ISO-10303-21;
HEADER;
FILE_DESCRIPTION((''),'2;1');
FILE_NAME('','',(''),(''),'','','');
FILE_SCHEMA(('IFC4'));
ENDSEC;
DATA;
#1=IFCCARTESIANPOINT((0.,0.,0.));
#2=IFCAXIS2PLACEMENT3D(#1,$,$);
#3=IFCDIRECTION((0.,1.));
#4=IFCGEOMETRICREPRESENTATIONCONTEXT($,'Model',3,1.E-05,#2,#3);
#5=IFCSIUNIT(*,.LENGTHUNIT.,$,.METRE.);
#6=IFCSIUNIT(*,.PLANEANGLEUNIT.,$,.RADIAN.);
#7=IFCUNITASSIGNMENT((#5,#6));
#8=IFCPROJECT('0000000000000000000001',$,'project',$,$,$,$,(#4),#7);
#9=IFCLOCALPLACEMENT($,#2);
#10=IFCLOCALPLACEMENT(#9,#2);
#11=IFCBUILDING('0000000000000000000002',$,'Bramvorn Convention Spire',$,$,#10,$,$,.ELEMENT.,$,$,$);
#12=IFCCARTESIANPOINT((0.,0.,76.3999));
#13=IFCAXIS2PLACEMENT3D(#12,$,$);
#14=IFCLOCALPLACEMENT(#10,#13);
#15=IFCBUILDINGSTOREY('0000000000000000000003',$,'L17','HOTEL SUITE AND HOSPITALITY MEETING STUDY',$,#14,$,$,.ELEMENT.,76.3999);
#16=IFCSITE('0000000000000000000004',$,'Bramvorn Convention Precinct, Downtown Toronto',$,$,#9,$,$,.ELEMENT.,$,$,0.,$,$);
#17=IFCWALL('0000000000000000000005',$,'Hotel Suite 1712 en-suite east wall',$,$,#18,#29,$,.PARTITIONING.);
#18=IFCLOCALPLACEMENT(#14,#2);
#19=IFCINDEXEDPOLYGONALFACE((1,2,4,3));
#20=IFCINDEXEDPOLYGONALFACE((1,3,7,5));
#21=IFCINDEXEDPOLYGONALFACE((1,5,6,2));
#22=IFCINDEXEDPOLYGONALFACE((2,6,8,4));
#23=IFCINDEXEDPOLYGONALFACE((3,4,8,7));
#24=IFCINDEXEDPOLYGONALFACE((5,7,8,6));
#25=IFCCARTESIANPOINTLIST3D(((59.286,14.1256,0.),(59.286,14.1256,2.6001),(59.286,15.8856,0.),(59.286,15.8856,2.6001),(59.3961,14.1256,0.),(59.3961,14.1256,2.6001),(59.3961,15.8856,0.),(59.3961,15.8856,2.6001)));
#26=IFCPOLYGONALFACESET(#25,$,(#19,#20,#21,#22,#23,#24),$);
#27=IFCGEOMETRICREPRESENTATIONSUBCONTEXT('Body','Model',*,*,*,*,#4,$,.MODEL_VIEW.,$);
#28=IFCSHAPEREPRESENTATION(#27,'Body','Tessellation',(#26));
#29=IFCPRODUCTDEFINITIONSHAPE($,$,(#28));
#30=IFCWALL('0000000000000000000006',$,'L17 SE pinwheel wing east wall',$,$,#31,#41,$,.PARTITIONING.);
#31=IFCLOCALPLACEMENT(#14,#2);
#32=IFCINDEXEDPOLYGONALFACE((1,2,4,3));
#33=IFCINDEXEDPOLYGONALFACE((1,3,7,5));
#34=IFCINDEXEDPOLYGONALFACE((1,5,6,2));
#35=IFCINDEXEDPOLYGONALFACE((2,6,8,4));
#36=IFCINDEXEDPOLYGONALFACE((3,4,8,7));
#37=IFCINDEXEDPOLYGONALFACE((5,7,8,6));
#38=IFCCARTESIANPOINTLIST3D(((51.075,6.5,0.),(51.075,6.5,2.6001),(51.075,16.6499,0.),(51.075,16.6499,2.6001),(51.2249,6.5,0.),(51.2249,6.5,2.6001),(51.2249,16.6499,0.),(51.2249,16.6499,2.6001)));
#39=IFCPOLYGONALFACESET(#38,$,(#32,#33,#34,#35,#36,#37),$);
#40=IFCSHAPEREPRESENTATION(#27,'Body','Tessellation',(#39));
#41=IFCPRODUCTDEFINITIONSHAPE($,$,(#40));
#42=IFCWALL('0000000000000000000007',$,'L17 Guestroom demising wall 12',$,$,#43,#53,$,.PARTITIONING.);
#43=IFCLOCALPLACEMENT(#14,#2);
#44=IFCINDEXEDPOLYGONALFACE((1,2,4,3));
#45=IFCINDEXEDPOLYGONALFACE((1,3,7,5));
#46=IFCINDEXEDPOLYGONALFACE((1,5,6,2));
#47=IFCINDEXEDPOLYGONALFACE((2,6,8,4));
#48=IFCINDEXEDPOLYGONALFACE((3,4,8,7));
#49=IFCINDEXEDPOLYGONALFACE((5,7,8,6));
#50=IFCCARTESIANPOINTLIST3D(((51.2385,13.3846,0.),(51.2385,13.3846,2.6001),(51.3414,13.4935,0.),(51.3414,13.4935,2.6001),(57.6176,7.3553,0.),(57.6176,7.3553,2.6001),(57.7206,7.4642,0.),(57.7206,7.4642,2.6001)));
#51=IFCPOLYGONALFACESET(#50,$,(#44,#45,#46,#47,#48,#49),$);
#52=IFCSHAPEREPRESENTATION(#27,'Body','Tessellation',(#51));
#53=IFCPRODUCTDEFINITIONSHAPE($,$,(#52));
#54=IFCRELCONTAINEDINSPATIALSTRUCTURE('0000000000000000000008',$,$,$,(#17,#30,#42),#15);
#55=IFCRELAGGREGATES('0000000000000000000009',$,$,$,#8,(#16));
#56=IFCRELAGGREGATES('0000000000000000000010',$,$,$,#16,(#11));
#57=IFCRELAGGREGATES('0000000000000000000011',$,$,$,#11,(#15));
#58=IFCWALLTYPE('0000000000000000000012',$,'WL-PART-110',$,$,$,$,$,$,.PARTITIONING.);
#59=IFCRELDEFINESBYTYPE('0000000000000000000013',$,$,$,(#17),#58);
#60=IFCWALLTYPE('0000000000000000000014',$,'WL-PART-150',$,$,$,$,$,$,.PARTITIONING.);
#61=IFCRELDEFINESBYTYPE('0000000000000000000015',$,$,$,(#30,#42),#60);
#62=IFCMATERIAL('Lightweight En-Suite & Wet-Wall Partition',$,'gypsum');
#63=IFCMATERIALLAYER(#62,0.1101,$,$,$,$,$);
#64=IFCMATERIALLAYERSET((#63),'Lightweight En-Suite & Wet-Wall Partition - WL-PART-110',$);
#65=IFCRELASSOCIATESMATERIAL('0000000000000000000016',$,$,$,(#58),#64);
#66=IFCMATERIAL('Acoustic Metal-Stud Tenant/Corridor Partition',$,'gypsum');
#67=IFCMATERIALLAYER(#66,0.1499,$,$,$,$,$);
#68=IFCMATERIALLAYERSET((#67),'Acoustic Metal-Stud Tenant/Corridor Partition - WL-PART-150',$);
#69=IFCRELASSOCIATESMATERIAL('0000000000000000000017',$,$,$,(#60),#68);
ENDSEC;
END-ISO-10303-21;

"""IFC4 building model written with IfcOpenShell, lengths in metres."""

from ifc_helpers import new_model, si_unit, direction, frame, frame_2d, origin, place, context, subcontext, project, spatial, rectangle, extrude, material, layer, layer_set, type_object, element, save


model = new_model("IFC4")

# Units and contexts
model_context = context("Model", 3, precision=1e-05, world=origin(), true_north=direction((0.0, 1.0)))
body_context = subcontext(model_context, "Body", "Model", "MODEL_VIEW")
ifc_project = project(units=[si_unit("LENGTHUNIT", "METRE"), si_unit("PLANEANGLEUNIT", "RADIAN")], contexts=[model_context])

# Site, building, storey
site_placement = place(None, origin())
site = spatial("IfcSite", under=ifc_project, at=site_placement, Name="Bramvorn Convention Precinct, Downtown Toronto", CompositionType="ELEMENT", RefElevation=0.0)
building_placement = place(site_placement, origin())
building = spatial("IfcBuilding", under=site, at=building_placement, Name="Bramvorn Convention Spire", CompositionType="ELEMENT")
storey_placement = place(building_placement, frame((0.0, 0.0, 76.3999)))
storey = spatial("IfcBuildingStorey", under=building, at=storey_placement, Name="L17", Description="HOTEL SUITE AND HOSPITALITY MEETING STUDY", CompositionType="ELEMENT", Elevation=76.3999)

# Shared definitions
ifc_material_1 = material(Name="Lightweight En-Suite & Wet-Wall Partition", Category="gypsum")
ifc_layer_1 = layer(ifc_material_1, 0.1101)
ifc_layer_set_1 = layer_set([ifc_layer_1], Name="Lightweight En-Suite & Wet-Wall Partition - WL-PART-110")
wall_type_1 = type_object("IfcWallType", Name="WL-PART-110", PredefinedType="PARTITIONING", material=ifc_layer_set_1)

# Wall
for number, where, z_axis, x_axis, name in (
    (1, (59.3411, 14.1257, 0.0), (0.0, 0.0, 1.0), (0.0, 1.0, 0.0), "Hotel Suite 1712 en-suite east wall"),
):
    element("IfcWall", number, at=place(storey_placement, frame(where, z_axis=z_axis, x_axis=x_axis)), inside=storey, type_object=wall_type_1, Name=name, PredefinedType="PARTITIONING", context=body_context, shape_type="SweptSolid", body=[
        extrude(rectangle(XDim=1.76, YDim=0.1101, at=frame_2d((0.8799, 0.0))), origin(), (0.0, 0.0, 1.0), 2.6001),
    ])

# Shared definitions
ifc_material_2 = material(Name="Acoustic Metal-Stud Tenant/Corridor Partition", Category="gypsum")
ifc_layer_2 = layer(ifc_material_2, 0.1499)
ifc_layer_set_2 = layer_set([ifc_layer_2], Name="Acoustic Metal-Stud Tenant/Corridor Partition - WL-PART-150")
wall_type_2 = type_object("IfcWallType", Name="WL-PART-150", PredefinedType="PARTITIONING", material=ifc_layer_set_2)

# Walls
wall_1_placement = place(storey_placement, frame((51.1499, 6.5, 0.0), z_axis=(0.0, 0.0, 1.0), x_axis=(0.0, 1.0, 0.0)))
element("IfcWall", 2, at=wall_1_placement, inside=storey, type_object=wall_type_2, Name="L17 SE pinwheel wing east wall", PredefinedType="PARTITIONING", context=body_context, shape_type="SweptSolid", body=[
    extrude(rectangle(XDim=10.1499, YDim=0.1499, at=frame_2d((5.075, 0.0))), origin(), (0.0, 0.0, 1.0), 2.6001),
])
wall_2_placement = place(storey_placement, frame((51.29, 13.439, 0.0), z_axis=(0.0, 0.0, 1.0), x_axis=(0.726755, -0.686897, 0.0)))
element("IfcWall", 3, at=wall_2_placement, inside=storey, type_object=wall_type_2, Name="L17 Guestroom demising wall 12", PredefinedType="PARTITIONING", context=body_context, shape_type="SweptSolid", body=[
    extrude(rectangle(XDim=8.7776, YDim=0.1499, at=frame_2d((4.3887, 0.0))), origin(), (0.0, 0.0, 1.0), 2.6001),
])

save(model, "model.ifc")
